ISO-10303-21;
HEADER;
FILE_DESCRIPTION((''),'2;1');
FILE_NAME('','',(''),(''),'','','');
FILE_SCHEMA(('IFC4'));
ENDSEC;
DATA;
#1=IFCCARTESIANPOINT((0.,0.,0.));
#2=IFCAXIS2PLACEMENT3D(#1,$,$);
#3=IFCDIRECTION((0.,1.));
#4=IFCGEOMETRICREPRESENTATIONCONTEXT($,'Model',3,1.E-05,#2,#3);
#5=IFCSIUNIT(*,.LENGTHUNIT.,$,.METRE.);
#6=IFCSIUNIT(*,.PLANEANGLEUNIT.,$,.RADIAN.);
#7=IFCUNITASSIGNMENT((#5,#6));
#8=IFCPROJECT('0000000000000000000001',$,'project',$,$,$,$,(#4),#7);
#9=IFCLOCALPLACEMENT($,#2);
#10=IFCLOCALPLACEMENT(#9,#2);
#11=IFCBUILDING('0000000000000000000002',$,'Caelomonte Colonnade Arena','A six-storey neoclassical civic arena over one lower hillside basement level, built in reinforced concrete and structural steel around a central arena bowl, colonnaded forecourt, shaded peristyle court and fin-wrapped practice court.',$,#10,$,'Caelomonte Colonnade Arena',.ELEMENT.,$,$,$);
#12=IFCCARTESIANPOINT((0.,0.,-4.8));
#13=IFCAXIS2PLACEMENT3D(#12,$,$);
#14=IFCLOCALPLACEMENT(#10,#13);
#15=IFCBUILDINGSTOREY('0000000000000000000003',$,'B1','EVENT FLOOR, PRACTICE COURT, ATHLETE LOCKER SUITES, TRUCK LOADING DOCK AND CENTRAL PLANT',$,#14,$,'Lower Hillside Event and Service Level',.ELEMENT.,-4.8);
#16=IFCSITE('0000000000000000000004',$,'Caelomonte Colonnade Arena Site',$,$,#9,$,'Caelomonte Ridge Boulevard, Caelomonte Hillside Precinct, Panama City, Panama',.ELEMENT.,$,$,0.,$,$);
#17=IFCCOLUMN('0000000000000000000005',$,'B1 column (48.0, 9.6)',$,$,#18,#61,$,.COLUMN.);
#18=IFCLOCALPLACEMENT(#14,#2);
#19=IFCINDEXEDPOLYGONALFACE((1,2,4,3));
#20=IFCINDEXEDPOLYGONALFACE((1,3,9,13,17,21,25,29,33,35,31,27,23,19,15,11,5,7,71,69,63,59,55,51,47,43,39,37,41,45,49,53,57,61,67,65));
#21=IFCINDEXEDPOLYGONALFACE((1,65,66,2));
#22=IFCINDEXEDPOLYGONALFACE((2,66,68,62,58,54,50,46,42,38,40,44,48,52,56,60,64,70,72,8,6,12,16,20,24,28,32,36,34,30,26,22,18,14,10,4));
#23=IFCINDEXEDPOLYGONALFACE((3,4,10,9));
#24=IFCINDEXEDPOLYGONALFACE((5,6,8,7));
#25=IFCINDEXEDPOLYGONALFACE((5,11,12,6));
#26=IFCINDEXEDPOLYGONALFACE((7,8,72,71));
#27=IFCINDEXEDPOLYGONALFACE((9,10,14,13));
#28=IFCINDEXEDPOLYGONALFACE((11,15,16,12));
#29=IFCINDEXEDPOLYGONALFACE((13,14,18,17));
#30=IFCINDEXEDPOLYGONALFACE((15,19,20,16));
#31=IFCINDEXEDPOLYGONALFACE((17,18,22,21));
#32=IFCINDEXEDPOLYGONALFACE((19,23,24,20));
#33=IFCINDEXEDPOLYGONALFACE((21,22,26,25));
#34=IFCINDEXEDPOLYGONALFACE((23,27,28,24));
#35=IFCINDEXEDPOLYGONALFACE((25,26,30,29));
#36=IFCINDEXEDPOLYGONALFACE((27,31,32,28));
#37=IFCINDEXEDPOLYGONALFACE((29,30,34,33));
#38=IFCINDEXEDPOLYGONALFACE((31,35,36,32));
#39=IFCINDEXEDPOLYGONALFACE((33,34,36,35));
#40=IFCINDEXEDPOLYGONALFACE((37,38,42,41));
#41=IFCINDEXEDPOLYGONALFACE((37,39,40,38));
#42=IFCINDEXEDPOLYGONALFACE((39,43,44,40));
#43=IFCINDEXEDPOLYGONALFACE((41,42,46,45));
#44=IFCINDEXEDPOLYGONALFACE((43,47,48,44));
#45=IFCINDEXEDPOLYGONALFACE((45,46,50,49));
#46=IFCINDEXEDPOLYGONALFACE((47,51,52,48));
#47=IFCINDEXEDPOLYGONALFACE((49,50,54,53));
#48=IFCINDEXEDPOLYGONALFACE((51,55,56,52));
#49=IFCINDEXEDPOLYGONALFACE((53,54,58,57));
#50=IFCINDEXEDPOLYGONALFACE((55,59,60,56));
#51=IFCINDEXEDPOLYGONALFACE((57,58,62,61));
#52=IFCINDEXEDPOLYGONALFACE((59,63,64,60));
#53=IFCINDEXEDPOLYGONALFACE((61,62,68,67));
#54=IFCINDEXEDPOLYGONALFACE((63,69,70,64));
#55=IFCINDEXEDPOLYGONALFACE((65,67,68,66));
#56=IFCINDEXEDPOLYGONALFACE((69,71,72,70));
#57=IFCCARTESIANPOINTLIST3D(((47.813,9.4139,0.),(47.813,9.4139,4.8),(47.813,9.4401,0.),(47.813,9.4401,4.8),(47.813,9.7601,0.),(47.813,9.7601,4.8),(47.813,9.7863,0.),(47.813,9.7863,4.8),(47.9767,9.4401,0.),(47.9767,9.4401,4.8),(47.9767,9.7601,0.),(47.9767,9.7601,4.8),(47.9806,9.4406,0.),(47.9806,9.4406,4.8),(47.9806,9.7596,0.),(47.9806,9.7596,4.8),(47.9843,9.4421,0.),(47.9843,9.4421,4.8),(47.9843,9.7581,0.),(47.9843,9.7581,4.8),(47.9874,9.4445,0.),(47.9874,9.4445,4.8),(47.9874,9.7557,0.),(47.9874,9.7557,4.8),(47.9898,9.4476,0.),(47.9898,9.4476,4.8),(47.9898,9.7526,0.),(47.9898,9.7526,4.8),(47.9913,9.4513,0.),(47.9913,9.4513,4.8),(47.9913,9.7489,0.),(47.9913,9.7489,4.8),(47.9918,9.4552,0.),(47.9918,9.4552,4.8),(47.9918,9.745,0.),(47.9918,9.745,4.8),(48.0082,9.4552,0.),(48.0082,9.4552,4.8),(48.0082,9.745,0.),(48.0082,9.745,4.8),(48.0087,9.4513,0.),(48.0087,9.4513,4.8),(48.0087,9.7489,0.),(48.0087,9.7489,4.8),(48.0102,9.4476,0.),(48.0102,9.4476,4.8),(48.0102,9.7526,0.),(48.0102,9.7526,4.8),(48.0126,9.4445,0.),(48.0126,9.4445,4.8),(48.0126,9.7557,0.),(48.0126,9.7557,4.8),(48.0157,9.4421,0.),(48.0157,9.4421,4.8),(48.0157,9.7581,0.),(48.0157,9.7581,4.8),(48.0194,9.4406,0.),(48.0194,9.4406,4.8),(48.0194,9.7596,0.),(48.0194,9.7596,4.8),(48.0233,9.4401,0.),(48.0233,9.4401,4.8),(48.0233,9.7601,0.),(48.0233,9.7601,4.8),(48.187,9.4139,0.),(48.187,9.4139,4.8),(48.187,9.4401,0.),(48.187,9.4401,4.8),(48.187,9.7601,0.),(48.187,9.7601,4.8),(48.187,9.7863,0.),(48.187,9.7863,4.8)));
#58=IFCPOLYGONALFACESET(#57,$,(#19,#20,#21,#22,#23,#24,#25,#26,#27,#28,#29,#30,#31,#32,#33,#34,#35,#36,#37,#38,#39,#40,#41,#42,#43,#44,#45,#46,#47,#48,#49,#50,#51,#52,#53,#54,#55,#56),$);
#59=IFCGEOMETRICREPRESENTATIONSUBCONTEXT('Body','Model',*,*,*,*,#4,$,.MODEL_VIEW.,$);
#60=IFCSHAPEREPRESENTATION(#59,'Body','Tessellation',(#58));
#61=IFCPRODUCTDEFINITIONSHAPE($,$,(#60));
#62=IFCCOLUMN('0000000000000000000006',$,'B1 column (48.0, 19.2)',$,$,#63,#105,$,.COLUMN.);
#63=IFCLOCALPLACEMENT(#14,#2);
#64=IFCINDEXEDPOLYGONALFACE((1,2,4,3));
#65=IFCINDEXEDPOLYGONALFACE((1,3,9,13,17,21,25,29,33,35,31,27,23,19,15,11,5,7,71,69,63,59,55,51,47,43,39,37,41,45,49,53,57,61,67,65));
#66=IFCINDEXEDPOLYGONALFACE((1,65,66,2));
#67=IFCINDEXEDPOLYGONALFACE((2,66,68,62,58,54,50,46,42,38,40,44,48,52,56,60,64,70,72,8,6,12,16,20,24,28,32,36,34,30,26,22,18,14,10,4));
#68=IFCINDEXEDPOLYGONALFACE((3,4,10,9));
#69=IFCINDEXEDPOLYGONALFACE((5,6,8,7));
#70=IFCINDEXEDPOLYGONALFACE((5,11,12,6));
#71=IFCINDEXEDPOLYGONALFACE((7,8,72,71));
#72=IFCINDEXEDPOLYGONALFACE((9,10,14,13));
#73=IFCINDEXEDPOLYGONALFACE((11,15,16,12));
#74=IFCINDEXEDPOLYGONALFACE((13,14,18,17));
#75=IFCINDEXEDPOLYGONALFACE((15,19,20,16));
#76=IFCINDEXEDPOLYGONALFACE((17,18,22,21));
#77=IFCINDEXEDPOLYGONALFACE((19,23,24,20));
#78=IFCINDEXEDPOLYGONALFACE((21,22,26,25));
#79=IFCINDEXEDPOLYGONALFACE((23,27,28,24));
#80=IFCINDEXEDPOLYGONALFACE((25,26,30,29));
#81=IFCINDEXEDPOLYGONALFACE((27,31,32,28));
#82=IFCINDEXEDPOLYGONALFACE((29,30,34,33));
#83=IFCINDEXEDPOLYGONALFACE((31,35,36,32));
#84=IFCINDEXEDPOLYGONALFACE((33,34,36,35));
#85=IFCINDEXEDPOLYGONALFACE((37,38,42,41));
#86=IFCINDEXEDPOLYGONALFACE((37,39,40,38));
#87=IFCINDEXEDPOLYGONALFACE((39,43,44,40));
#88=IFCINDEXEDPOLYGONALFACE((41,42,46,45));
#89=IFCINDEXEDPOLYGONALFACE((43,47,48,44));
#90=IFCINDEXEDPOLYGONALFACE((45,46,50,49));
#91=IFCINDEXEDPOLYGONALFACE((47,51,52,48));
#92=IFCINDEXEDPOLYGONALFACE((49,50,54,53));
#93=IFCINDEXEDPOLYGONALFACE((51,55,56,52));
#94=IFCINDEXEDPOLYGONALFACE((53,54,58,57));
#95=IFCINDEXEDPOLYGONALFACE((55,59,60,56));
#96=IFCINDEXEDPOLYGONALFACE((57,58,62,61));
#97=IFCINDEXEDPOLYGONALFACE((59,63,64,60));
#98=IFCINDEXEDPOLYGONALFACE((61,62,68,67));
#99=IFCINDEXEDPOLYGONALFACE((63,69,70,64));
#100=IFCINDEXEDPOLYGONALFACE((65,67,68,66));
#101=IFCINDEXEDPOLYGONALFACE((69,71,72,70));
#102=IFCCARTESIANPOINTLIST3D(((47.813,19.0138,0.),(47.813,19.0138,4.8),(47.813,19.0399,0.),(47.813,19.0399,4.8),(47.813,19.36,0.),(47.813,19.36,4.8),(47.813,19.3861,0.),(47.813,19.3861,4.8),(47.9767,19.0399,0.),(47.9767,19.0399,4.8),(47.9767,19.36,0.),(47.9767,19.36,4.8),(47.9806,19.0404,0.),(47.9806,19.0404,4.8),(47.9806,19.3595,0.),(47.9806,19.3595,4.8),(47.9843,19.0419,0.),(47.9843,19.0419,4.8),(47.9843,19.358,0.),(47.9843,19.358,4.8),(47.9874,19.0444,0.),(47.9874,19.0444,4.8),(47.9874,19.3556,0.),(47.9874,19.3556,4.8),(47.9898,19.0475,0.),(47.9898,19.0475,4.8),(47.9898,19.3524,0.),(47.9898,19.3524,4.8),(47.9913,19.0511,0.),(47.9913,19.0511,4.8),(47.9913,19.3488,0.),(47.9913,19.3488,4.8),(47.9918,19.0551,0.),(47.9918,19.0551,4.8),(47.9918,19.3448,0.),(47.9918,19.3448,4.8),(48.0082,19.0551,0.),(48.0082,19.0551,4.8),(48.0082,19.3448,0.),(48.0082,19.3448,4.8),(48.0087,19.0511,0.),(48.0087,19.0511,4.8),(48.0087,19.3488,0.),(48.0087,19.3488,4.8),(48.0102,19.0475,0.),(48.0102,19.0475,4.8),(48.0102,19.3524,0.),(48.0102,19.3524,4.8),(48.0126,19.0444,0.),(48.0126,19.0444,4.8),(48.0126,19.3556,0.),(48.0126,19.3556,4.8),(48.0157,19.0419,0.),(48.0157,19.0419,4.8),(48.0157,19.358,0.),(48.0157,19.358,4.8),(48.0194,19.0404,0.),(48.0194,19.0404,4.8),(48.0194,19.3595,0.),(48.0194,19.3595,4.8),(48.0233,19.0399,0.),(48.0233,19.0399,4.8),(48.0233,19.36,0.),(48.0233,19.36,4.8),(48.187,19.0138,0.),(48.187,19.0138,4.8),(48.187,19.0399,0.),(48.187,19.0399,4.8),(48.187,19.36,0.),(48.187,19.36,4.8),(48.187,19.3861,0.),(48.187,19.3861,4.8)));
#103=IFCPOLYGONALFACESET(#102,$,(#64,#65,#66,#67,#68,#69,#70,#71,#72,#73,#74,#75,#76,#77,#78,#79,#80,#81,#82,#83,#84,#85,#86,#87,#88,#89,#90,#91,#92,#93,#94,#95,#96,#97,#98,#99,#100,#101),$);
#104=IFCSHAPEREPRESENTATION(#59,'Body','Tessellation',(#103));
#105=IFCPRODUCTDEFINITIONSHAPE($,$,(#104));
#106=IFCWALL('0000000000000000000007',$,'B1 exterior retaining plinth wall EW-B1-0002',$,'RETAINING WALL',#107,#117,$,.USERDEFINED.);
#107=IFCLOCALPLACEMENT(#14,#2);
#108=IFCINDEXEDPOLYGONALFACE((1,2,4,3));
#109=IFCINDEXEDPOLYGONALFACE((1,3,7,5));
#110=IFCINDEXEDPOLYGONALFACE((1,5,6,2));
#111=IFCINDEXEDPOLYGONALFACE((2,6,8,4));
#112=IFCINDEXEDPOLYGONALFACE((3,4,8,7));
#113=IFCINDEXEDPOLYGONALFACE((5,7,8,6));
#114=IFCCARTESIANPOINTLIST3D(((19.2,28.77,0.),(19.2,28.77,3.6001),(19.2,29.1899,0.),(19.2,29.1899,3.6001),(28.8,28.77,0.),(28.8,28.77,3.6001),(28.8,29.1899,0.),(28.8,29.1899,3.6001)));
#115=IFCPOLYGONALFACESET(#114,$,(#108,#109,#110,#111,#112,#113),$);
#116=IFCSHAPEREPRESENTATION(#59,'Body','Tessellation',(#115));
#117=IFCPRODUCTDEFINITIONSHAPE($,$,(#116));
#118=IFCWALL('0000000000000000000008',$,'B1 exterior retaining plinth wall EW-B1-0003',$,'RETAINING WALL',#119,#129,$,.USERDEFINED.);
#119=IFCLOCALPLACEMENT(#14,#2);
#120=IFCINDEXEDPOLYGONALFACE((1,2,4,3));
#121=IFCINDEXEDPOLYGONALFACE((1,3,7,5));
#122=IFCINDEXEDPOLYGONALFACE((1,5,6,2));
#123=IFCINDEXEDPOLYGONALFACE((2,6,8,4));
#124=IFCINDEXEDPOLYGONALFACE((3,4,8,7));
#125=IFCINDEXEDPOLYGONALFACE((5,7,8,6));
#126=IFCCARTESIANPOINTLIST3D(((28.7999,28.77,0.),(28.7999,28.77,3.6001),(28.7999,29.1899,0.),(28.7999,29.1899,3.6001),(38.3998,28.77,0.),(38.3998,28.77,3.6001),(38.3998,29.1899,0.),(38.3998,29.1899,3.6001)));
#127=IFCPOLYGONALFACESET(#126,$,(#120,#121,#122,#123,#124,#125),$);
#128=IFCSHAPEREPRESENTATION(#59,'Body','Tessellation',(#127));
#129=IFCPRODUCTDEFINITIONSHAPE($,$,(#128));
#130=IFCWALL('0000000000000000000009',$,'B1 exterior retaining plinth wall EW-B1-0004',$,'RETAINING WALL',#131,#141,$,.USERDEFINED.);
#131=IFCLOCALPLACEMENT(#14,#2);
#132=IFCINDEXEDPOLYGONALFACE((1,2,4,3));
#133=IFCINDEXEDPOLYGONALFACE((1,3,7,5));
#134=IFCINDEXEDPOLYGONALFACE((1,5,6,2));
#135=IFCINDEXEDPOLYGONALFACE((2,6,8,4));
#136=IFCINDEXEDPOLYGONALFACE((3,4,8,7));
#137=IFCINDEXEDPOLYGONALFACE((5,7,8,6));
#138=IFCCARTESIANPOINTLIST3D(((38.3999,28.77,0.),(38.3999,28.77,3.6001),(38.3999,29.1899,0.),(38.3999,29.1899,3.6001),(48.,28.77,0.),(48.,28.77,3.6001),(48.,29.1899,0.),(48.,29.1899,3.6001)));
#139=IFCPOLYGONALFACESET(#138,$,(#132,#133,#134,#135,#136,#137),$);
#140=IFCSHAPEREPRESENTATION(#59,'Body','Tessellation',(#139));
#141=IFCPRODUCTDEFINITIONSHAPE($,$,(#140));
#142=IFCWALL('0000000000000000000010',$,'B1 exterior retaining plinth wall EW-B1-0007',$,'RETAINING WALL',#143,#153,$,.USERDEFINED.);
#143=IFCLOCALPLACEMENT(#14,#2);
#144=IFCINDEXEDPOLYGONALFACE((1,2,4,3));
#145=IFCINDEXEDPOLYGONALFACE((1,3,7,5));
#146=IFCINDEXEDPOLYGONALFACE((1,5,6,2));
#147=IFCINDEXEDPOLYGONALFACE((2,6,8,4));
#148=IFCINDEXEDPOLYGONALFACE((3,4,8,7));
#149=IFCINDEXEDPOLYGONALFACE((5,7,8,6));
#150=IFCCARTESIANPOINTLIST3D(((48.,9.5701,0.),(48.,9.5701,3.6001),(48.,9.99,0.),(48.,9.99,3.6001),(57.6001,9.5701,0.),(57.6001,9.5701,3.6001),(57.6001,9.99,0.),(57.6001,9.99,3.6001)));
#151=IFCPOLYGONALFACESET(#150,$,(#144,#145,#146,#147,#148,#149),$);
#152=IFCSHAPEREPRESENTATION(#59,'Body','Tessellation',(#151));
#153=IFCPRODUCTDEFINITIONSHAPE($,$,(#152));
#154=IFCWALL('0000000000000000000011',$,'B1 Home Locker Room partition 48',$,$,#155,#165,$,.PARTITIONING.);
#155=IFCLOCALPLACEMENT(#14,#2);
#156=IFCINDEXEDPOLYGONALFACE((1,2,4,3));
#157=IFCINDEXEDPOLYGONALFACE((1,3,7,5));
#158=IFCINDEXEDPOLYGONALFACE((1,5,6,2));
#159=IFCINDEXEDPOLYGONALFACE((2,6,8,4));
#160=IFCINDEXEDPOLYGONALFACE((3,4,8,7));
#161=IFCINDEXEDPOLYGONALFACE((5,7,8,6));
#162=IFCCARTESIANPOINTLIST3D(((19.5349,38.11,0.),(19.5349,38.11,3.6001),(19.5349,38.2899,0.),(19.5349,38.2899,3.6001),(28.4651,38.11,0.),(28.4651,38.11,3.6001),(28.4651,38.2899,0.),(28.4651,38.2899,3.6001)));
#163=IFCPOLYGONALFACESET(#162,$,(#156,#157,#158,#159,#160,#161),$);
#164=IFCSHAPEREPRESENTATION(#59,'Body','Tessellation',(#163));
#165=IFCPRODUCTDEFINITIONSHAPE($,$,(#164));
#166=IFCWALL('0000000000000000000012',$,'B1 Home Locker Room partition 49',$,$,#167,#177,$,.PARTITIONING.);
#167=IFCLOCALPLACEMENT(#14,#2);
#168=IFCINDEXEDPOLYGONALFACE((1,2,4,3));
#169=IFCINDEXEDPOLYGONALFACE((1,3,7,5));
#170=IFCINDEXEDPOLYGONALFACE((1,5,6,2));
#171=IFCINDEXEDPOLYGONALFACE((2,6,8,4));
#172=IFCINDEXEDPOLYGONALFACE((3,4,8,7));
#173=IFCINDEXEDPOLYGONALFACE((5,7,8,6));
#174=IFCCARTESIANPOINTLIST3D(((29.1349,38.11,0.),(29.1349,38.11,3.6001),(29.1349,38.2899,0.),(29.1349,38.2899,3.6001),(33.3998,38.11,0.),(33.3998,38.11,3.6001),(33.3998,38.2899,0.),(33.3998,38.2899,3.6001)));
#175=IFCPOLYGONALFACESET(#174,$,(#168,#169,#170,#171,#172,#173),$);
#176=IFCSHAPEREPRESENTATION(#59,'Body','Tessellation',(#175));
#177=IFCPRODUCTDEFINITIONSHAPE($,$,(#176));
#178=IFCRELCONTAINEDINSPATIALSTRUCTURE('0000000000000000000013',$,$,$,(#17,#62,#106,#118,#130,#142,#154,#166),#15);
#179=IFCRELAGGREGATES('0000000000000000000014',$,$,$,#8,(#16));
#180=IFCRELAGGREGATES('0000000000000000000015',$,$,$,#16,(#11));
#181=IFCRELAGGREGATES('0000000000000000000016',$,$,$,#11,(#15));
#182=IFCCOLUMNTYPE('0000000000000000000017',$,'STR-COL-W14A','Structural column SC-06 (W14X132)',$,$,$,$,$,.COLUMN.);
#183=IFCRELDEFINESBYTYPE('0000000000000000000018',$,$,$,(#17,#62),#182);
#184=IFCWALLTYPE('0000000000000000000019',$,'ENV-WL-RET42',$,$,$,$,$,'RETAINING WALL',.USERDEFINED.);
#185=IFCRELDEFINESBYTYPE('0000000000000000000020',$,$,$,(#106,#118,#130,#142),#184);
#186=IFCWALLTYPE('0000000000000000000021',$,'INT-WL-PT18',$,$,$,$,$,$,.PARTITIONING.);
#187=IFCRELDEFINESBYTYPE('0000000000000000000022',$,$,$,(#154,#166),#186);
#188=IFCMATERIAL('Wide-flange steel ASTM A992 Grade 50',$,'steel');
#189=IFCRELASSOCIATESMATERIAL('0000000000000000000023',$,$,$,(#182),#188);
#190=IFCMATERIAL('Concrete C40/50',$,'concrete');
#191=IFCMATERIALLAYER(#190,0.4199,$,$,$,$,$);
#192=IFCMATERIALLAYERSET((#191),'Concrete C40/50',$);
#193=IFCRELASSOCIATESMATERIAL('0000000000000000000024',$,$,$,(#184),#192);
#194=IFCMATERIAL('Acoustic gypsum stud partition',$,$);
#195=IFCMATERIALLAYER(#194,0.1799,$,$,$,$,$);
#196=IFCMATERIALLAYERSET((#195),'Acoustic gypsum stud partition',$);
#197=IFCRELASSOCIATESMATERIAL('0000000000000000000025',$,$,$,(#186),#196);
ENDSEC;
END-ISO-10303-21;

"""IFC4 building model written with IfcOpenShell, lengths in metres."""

from ifc_helpers import new_model, si_unit, direction, frame, frame_2d, origin, origin_2d, place, context, subcontext, project, spatial, rectangle, i_section, extrude, material, layer, layer_set, material_profile, profile_set, type_object, element, save


model = new_model("IFC4")

# Units and contexts
model_context = context("Model", 3, precision=1e-05, world=origin(), true_north=direction((0.0, 1.0)))
body_context = subcontext(model_context, "Body", "Model", "MODEL_VIEW")
ifc_project = project(units=[si_unit("LENGTHUNIT", "METRE"), si_unit("PLANEANGLEUNIT", "RADIAN")], contexts=[model_context])

# Site, building, storey
site_placement = place(None, origin())
site = spatial("IfcSite", under=ifc_project, at=site_placement, Name="Caelomonte Colonnade Arena Site", LongName="Caelomonte Ridge Boulevard, Caelomonte Hillside Precinct, Panama City, Panama", CompositionType="ELEMENT", RefElevation=0.0)
building_placement = place(site_placement, origin())
building = spatial("IfcBuilding", under=site, at=building_placement, Name="Caelomonte Colonnade Arena", Description="A six-storey neoclassical civic arena over one lower hillside basement level, built in reinforced concrete and structural steel around a central arena bowl, colonnaded forecourt, shaded peristyle court and fin-wrapped practice court.", LongName="Caelomonte Colonnade Arena", CompositionType="ELEMENT")
storey_placement = place(building_placement, frame((0.0, 0.0, -4.8)))
storey = spatial("IfcBuildingStorey", under=building, at=storey_placement, Name="B1", Description="EVENT FLOOR, PRACTICE COURT, ATHLETE LOCKER SUITES, TRUCK LOADING DOCK AND CENTRAL PLANT", LongName="Lower Hillside Event and Service Level", CompositionType="ELEMENT", Elevation=-4.8)

# Shared definitions
ifc_material_1 = material(Name="Concrete C40/50", Category="concrete")

# Columns
ifc_material_2 = material(Name="Wide-flange steel ASTM A992 Grade 50", Category="steel")
ifc_material_profile_1 = material_profile(ifc_material_2, i_section(OverallWidth=0.374, OverallDepth=0.3723, WebThickness=0.0164, FlangeThickness=0.0261, FilletRadius=0.0151, at=origin_2d()), Name="W14X132")
ifc_profile_set_1 = profile_set([ifc_material_profile_1], Name="Wide-flange steel ASTM A992 Grade 50")
column_type_1 = type_object("IfcColumnType", Name="STR-COL-W14A", Description="Structural column SC-06 (W14X132)", PredefinedType="COLUMN", material=ifc_profile_set_1)
for number, where, z_axis, x_axis, name in (
    (1, (48.0, 9.6001, 0.0), (0.0, 0.0, 1.0), (1.0, 0.0, 0.0), "B1 column (48.0, 9.6)"),
    (2, (48.0, 19.2, 0.0), (0.0, 0.0, 1.0), (1.0, 0.0, 0.0), "B1 column (48.0, 19.2)"),
):
    element("IfcColumn", number, at=place(storey_placement, frame(where, z_axis=z_axis, x_axis=x_axis)), inside=storey, type_object=column_type_1, Name=name, PredefinedType="COLUMN", context=body_context, shape_type="SweptSolid", body=[
        extrude(i_section(OverallWidth=0.374, OverallDepth=0.3723, WebThickness=0.0164, FlangeThickness=0.0261, FilletRadius=0.0151, at=origin_2d()), origin(), (0.0, 0.0, 1.0), 4.8),
    ])

# Walls
ifc_layer_1 = layer(ifc_material_1, 0.4199)
ifc_layer_set_1 = layer_set([ifc_layer_1], Name="Concrete C40/50")
wall_type_1 = type_object("IfcWallType", Name="ENV-WL-RET42", ElementType="RETAINING WALL", PredefinedType="USERDEFINED", material=ifc_layer_set_1)
wall_1_placement = place(storey_placement, frame((19.2, 28.98, 0.0), z_axis=(0.0, 0.0, 1.0), x_axis=(1.0, 0.0, 0.0)))
element("IfcWall", 3, at=wall_1_placement, inside=storey, type_object=wall_type_1, Name="B1 exterior retaining plinth wall EW-B1-0002", ObjectType="RETAINING WALL", PredefinedType="USERDEFINED", context=body_context, shape_type="SweptSolid", body=[
    extrude(rectangle(XDim=9.6001, YDim=0.4199, at=frame_2d((4.8, 0.0))), origin(), (0.0, 0.0, 1.0), 3.6001),
])
wall_2_placement = place(storey_placement, frame((28.8, 28.98, 0.0), z_axis=(0.0, 0.0, 1.0), x_axis=(1.0, 0.0, 0.0)))
element("IfcWall", 4, at=wall_2_placement, inside=storey, type_object=wall_type_1, Name="B1 exterior retaining plinth wall EW-B1-0003", ObjectType="RETAINING WALL", PredefinedType="USERDEFINED", context=body_context, shape_type="SweptSolid", body=[
    extrude(rectangle(XDim=9.5999, YDim=0.4199, at=frame_2d((4.7998, 0.0))), origin(), (0.0, 0.0, 1.0), 3.6001),
])
for number, where, z_axis, x_axis, name in (
    (5, (38.3999, 28.98, 0.0), (0.0, 0.0, 1.0), (1.0, 0.0, 0.0), "B1 exterior retaining plinth wall EW-B1-0004"),
    (6, (48.0, 9.78, 0.0), (0.0, 0.0, 1.0), (1.0, 0.0, 0.0), "B1 exterior retaining plinth wall EW-B1-0007"),
):
    element("IfcWall", number, at=place(storey_placement, frame(where, z_axis=z_axis, x_axis=x_axis)), inside=storey, type_object=wall_type_1, Name=name, ObjectType="RETAINING WALL", PredefinedType="USERDEFINED", context=body_context, shape_type="SweptSolid", body=[
        extrude(rectangle(XDim=9.6001, YDim=0.4199, at=frame_2d((4.8, 0.0))), origin(), (0.0, 0.0, 1.0), 3.6001),
    ])
ifc_material_3 = material(Name="Acoustic gypsum stud partition")
ifc_layer_2 = layer(ifc_material_3, 0.1799)
ifc_layer_set_2 = layer_set([ifc_layer_2], Name="Acoustic gypsum stud partition")
wall_type_2 = type_object("IfcWallType", Name="INT-WL-PT18", PredefinedType="PARTITIONING", material=ifc_layer_set_2)
wall_3_placement = place(storey_placement, frame((19.5349, 38.2, 0.0), z_axis=(0.0, 0.0, 1.0), x_axis=(1.0, 0.0, 0.0)))
element("IfcWall", 7, at=wall_3_placement, inside=storey, type_object=wall_type_2, Name="B1 Home Locker Room partition 48", PredefinedType="PARTITIONING", context=body_context, shape_type="SweptSolid", body=[
    extrude(rectangle(XDim=8.9302, YDim=0.1799, at=frame_2d((4.4651, 0.0))), origin(), (0.0, 0.0, 1.0), 3.6001),
])
wall_4_placement = place(storey_placement, frame((29.135, 38.2, 0.0), z_axis=(0.0, 0.0, 1.0), x_axis=(1.0, 0.0, 0.0)))
element("IfcWall", 8, at=wall_4_placement, inside=storey, type_object=wall_type_2, Name="B1 Home Locker Room partition 49", PredefinedType="PARTITIONING", context=body_context, shape_type="SweptSolid", body=[
    extrude(rectangle(XDim=4.2649, YDim=0.1799, at=frame_2d((2.1323, 0.0))), origin(), (0.0, 0.0, 1.0), 3.6001),
])

save(model, "model.ifc")
